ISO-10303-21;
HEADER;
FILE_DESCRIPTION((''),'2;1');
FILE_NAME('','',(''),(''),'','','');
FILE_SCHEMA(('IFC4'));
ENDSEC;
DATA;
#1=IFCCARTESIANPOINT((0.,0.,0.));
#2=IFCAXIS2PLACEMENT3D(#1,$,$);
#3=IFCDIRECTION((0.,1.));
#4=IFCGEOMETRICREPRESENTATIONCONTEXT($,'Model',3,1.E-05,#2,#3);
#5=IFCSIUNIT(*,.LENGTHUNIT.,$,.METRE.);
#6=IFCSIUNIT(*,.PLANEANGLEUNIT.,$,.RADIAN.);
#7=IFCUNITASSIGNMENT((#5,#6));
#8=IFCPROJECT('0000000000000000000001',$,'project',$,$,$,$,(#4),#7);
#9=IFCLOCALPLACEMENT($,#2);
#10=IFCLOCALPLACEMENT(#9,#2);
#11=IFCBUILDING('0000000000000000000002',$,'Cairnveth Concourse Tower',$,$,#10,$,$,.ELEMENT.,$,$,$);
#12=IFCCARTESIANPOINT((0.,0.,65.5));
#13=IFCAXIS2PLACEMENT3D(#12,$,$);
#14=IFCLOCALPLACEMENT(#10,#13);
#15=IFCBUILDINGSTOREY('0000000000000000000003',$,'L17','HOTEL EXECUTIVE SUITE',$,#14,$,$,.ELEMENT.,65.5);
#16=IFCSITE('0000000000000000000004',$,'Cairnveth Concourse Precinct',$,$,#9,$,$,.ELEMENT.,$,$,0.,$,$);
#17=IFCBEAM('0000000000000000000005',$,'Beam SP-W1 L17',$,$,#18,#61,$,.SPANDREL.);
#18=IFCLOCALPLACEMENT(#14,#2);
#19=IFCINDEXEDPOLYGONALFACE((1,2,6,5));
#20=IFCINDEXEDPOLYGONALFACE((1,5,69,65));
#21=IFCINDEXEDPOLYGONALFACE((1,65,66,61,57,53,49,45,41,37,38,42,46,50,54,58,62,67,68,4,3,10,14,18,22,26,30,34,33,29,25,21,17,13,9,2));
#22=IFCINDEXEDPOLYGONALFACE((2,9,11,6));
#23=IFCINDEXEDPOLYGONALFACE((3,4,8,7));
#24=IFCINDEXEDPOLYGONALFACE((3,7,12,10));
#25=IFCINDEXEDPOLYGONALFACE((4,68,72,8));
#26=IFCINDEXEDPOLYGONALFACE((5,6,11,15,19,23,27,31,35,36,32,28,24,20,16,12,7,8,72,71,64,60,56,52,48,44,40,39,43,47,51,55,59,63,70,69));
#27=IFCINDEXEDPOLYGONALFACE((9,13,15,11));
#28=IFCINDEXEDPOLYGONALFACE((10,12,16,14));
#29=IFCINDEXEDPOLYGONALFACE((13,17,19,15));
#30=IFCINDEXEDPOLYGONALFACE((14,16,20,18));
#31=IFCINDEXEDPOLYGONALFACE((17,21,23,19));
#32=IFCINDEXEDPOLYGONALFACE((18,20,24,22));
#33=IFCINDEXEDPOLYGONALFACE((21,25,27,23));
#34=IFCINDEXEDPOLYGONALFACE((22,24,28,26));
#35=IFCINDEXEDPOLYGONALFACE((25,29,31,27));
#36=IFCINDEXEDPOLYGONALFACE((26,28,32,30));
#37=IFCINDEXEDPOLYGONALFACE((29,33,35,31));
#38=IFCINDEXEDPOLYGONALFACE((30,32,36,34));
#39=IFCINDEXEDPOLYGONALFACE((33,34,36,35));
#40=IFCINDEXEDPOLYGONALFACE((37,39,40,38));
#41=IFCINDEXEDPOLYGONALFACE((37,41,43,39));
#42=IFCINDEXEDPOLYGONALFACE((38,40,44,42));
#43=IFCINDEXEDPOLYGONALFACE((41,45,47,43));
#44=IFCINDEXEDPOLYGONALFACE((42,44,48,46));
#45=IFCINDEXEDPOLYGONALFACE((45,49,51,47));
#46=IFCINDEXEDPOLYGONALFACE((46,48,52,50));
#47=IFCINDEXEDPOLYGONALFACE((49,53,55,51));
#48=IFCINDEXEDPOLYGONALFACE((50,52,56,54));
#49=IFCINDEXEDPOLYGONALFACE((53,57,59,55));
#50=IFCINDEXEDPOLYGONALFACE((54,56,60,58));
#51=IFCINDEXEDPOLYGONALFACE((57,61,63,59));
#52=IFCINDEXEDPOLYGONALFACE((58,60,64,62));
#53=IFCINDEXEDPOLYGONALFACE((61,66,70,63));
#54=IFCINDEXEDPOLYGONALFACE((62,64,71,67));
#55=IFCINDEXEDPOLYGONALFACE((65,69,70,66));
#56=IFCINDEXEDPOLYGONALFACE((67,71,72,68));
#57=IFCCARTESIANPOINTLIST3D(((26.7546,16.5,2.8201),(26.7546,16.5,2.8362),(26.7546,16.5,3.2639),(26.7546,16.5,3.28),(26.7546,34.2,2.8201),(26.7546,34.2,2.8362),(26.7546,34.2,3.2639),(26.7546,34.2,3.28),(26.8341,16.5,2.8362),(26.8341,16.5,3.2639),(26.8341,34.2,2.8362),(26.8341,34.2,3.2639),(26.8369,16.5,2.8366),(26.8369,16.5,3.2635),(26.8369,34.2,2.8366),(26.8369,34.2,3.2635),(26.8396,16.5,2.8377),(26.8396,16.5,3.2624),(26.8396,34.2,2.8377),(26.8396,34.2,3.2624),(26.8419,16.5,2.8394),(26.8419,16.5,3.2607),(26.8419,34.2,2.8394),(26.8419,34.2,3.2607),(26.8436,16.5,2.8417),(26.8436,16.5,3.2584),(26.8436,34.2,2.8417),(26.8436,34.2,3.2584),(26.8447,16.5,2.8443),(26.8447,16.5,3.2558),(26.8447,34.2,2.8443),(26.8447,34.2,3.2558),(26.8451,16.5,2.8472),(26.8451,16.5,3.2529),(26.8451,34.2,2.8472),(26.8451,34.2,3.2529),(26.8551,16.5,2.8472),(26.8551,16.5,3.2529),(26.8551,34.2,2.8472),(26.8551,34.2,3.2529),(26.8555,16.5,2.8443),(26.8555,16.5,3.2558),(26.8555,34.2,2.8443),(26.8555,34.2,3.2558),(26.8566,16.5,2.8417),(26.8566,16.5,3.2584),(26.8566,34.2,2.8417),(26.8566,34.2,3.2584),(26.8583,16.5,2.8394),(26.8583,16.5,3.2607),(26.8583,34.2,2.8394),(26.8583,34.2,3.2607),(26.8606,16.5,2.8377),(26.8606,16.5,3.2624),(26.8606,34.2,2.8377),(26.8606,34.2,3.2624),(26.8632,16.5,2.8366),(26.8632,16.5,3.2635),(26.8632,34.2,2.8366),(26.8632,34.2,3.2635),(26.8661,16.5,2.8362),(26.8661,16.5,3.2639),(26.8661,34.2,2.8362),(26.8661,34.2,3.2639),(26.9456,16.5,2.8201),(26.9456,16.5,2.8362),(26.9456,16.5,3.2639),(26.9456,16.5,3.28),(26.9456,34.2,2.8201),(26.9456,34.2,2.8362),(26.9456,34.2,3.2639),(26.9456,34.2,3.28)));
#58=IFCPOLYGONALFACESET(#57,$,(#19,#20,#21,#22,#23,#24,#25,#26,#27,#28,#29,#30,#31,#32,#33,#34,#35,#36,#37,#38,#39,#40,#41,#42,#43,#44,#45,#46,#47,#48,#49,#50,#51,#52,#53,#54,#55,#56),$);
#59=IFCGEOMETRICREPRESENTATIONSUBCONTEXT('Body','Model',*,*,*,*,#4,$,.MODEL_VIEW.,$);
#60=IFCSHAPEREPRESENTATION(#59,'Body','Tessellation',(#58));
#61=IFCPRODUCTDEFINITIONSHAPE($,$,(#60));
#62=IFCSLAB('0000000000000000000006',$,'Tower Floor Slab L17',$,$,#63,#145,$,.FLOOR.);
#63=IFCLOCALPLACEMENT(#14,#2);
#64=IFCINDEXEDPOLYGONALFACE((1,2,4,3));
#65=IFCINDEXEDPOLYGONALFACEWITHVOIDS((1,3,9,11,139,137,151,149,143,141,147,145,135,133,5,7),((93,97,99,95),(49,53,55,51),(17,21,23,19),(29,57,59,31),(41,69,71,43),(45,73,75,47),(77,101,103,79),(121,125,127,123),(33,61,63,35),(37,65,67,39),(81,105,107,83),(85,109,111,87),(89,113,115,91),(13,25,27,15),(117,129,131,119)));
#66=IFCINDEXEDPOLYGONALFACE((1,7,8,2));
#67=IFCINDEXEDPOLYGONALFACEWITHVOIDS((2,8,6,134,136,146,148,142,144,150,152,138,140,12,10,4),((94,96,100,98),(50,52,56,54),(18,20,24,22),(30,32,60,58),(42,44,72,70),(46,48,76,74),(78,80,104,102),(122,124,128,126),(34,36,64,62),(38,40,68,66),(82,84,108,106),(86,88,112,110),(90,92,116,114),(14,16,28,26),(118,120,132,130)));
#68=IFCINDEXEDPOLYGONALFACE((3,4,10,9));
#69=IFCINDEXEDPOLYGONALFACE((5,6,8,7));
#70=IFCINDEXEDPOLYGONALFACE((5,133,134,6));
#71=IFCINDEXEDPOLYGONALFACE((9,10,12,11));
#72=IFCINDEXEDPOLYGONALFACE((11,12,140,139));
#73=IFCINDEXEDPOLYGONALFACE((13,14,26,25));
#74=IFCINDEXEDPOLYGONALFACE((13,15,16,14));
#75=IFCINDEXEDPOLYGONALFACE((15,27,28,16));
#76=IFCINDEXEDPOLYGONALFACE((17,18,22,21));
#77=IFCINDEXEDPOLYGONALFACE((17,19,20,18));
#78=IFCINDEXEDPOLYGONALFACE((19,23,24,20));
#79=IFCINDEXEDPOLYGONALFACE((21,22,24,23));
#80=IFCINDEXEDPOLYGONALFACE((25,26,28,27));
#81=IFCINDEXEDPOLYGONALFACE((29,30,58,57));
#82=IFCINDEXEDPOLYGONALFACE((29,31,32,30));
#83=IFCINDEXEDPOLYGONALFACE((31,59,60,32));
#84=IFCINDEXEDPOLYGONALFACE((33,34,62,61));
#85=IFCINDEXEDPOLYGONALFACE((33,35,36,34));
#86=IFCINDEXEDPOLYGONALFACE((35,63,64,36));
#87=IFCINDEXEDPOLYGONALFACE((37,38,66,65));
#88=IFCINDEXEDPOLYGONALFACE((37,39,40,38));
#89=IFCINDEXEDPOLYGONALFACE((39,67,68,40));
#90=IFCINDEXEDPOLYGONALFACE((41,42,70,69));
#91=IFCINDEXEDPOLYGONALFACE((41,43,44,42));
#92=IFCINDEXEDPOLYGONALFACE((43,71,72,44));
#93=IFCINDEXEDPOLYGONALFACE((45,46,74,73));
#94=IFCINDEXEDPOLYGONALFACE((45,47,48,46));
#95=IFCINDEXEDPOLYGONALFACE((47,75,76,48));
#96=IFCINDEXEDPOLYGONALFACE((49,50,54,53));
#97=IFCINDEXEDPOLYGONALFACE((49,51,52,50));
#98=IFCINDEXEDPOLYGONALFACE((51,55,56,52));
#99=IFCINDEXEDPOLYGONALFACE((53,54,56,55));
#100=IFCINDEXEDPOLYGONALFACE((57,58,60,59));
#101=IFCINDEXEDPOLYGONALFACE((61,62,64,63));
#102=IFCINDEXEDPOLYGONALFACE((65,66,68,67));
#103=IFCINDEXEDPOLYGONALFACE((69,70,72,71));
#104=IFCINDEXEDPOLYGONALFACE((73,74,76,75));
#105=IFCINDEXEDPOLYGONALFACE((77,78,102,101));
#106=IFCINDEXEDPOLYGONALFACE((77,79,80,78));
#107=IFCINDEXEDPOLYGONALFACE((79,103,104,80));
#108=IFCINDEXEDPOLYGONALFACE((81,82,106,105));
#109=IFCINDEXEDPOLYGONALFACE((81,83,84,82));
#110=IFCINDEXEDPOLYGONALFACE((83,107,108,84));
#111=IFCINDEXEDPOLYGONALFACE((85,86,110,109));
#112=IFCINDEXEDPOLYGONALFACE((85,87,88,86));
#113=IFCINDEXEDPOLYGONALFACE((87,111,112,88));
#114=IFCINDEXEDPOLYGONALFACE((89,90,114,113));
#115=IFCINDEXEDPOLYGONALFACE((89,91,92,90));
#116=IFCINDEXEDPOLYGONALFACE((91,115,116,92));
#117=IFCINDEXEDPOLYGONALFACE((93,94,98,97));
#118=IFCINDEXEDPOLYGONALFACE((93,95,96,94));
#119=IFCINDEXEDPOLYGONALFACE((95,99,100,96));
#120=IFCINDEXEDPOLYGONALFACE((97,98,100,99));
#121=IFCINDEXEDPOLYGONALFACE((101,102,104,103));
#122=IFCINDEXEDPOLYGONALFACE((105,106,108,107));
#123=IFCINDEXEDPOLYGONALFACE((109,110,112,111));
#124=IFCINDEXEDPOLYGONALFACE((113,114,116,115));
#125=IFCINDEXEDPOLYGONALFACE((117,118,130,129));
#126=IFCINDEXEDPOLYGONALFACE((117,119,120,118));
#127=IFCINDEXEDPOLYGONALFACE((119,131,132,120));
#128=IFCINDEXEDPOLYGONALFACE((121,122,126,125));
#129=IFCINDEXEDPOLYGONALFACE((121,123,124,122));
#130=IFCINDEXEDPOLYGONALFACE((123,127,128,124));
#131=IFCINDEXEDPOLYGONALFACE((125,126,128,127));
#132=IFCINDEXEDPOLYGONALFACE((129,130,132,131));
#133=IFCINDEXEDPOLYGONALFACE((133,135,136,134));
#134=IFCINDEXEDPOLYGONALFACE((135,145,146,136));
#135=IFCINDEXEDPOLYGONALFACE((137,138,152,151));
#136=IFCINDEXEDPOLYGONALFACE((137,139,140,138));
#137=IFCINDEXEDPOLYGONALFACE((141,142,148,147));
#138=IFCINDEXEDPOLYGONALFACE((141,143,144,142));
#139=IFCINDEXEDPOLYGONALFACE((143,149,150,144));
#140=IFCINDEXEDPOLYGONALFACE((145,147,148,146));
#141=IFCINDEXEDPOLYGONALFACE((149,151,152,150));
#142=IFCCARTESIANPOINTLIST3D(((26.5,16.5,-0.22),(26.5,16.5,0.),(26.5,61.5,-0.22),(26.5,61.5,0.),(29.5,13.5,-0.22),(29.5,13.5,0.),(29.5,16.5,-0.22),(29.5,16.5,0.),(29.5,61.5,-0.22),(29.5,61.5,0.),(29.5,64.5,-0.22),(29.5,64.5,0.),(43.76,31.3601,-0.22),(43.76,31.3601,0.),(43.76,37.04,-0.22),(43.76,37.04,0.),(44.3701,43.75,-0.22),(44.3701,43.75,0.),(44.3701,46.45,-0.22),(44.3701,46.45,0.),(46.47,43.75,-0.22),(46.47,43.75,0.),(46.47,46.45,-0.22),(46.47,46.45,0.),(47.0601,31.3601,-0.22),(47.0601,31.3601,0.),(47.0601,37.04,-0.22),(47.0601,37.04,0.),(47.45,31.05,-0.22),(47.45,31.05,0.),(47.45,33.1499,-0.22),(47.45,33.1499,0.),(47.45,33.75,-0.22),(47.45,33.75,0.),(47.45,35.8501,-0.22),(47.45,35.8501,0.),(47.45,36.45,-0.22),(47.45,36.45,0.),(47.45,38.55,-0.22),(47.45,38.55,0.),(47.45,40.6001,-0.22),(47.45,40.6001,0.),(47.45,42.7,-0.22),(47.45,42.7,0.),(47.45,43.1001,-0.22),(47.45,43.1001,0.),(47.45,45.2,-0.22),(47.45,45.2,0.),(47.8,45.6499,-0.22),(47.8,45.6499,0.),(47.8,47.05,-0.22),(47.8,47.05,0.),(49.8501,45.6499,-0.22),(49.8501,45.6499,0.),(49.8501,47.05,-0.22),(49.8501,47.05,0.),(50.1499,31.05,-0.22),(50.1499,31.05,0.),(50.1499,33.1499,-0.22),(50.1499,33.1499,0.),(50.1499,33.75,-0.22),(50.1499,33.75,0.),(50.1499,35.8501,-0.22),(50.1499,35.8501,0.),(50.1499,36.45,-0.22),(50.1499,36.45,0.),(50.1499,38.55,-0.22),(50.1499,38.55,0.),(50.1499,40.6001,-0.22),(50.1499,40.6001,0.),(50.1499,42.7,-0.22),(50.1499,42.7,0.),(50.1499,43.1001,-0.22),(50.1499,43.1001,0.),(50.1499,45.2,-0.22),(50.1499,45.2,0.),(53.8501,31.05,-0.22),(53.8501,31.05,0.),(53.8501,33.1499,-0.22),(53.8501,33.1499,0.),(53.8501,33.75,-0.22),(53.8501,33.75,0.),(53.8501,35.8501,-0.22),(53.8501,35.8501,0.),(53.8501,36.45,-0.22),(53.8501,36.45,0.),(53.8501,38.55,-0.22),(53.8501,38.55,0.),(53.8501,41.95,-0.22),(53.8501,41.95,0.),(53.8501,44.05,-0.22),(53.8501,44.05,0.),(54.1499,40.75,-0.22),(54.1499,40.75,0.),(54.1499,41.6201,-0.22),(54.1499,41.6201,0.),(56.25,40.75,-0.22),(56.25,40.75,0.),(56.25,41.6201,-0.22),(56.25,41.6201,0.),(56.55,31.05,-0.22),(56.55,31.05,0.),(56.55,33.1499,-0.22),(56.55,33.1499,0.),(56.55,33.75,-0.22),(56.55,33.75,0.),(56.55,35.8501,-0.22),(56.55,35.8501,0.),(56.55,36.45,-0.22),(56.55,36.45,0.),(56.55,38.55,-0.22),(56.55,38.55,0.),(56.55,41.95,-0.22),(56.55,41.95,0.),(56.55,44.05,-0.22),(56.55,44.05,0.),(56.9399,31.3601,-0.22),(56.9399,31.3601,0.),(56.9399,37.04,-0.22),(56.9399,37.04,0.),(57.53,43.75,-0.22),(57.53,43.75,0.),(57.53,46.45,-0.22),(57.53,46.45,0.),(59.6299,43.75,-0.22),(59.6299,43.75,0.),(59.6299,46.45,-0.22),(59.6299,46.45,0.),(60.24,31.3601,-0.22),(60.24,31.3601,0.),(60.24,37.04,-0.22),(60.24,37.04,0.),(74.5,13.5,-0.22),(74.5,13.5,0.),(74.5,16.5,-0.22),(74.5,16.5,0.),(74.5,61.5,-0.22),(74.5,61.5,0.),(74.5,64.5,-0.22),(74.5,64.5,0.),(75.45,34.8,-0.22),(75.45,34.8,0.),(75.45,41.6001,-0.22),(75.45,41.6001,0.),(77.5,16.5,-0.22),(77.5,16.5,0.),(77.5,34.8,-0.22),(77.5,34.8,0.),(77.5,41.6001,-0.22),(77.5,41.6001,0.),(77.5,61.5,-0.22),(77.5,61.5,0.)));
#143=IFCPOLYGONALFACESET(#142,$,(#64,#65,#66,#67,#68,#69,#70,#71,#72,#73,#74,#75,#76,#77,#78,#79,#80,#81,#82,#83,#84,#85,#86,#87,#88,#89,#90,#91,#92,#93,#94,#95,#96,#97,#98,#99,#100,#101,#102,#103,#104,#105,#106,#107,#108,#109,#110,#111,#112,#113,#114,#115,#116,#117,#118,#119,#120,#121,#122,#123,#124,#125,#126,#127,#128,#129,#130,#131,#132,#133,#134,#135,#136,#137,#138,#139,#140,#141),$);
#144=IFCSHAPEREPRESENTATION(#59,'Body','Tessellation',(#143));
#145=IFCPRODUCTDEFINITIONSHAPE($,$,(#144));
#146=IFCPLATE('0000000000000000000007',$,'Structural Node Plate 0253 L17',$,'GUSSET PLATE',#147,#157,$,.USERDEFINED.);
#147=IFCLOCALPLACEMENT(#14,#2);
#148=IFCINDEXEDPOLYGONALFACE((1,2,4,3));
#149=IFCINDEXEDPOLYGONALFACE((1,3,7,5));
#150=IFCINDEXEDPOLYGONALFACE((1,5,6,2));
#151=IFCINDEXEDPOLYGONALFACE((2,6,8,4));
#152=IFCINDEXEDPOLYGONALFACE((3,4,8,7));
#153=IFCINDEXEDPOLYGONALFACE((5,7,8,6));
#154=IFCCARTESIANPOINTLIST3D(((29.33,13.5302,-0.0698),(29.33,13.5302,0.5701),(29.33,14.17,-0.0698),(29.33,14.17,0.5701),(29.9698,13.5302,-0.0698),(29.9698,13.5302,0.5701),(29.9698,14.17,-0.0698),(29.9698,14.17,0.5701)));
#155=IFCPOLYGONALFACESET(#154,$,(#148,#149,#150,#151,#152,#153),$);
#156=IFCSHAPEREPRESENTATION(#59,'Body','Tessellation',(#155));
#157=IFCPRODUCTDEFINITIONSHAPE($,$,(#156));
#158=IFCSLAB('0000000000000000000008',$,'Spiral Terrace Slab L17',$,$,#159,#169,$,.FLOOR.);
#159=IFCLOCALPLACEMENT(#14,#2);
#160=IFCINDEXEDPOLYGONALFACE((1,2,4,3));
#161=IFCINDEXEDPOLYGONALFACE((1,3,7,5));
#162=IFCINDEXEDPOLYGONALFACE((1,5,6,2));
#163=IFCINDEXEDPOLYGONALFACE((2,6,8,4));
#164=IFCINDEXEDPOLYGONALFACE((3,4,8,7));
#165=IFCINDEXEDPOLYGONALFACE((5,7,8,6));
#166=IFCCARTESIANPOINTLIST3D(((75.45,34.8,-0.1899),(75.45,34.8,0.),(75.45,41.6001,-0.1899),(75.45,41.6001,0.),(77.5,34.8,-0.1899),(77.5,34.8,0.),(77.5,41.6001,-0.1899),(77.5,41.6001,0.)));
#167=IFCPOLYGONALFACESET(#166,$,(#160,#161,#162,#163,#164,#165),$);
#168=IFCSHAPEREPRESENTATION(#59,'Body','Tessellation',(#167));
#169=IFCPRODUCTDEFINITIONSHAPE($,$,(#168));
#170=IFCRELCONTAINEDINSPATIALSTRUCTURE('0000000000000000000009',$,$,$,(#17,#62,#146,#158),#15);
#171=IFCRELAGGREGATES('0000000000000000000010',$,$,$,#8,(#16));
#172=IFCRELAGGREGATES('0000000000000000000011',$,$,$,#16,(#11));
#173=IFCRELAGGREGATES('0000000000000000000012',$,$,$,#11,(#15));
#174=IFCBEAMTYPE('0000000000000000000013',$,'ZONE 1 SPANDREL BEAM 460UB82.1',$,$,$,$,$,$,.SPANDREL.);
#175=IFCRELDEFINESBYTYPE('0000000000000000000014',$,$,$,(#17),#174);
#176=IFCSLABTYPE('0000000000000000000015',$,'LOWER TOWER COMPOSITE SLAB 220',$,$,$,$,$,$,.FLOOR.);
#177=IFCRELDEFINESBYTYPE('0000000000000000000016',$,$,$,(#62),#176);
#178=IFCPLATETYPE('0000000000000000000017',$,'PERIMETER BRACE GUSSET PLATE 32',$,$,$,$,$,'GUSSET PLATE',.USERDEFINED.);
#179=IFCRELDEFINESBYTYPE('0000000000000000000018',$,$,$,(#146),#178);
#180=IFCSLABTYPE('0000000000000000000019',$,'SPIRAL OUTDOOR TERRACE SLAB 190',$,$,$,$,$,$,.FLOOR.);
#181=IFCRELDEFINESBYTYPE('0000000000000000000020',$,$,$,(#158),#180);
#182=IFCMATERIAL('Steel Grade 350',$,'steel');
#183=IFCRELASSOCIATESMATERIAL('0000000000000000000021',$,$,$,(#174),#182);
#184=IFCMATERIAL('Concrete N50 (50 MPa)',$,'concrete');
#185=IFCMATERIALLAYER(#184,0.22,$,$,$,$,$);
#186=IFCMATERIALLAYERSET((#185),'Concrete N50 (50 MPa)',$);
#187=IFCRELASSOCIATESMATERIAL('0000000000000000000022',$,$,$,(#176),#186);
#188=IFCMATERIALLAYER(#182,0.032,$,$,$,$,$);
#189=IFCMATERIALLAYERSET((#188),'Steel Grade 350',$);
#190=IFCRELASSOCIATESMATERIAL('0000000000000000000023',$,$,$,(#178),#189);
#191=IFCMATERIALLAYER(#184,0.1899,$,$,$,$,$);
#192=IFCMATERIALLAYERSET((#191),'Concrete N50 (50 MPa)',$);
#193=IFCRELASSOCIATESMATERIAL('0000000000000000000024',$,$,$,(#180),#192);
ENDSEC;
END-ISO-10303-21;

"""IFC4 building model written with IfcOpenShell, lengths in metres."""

from ifc_helpers import new_model, si_unit, direction, frame, origin, origin_2d, place, context, subcontext, project, spatial, polyline, rectangle, i_section, outline, extrude, material, layer, layer_set, material_profile, profile_set, type_object, element, save


model = new_model("IFC4")

# Units and contexts
model_context = context("Model", 3, precision=1e-05, world=origin(), true_north=direction((0.0, 1.0)))
body_context = subcontext(model_context, "Body", "Model", "MODEL_VIEW")
ifc_project = project(units=[si_unit("LENGTHUNIT", "METRE"), si_unit("PLANEANGLEUNIT", "RADIAN")], contexts=[model_context])

# Site, building, storey
site_placement = place(None, origin())
site = spatial("IfcSite", under=ifc_project, at=site_placement, Name="Cairnveth Concourse Precinct", CompositionType="ELEMENT", RefElevation=0.0)
building_placement = place(site_placement, origin())
building = spatial("IfcBuilding", under=site, at=building_placement, Name="Cairnveth Concourse Tower", CompositionType="ELEMENT")
storey_placement = place(building_placement, frame((0.0, 0.0, 65.5)))
storey = spatial("IfcBuildingStorey", under=building, at=storey_placement, Name="L17", Description="HOTEL EXECUTIVE SUITE", CompositionType="ELEMENT", Elevation=65.5)

# Beam
ifc_material_1 = material(Name="Steel Grade 350", Category="steel")
ifc_material_profile_1 = material_profile(ifc_material_1, i_section(OverallWidth=0.1909, OverallDepth=0.46, WebThickness=0.01, FlangeThickness=0.0161, FilletRadius=0.011, at=origin_2d()), Name="460UB82.1")
ifc_profile_set_1 = profile_set([ifc_material_profile_1], Name="Steel Grade 350")
beam_type_1 = type_object("IfcBeamType", Name="ZONE 1 SPANDREL BEAM 460UB82.1", PredefinedType="SPANDREL", material=ifc_profile_set_1)
for number, where, z_axis, x_axis, name in (
    (1, (26.8501, 16.5, 3.05), (0.0, 1.0, 0.0), (-1.0, 0.0, 0.0), "Beam SP-W1 L17"),
):
    element("IfcBeam", number, at=place(storey_placement, frame(where, z_axis=z_axis, x_axis=x_axis)), inside=storey, type_object=beam_type_1, Name=name, PredefinedType="SPANDREL", context=body_context, shape_type="SweptSolid", body=[
        extrude(i_section(OverallWidth=0.1909, OverallDepth=0.46, WebThickness=0.01, FlangeThickness=0.0161, FilletRadius=0.011, at=origin_2d()), origin(), (0.0, 0.0, 1.0), 17.7),
    ])

# Slab
ifc_material_2 = material(Name="Concrete N50 (50 MPa)", Category="concrete")
ifc_layer_1 = layer(ifc_material_2, 0.22)
ifc_layer_set_1 = layer_set([ifc_layer_1], Name="Concrete N50 (50 MPa)")
slab_type_1 = type_object("IfcSlabType", Name="LOWER TOWER COMPOSITE SLAB 220", PredefinedType="FLOOR", material=ifc_layer_set_1)
slab_1_placement = place(storey_placement, frame((0.0, 0.0, -0.22)))
element("IfcSlab", 2, at=slab_1_placement, inside=storey, type_object=slab_type_1, Name="Tower Floor Slab L17", PredefinedType="FLOOR", context=body_context, shape_type="SweptSolid", body=[
    extrude(outline(polyline([(77.5, 34.8), (75.45, 34.8), (75.45, 41.6001), (77.5, 41.6001), (77.5, 61.5), (74.5, 61.5), (74.5, 64.5), (29.5, 64.5), (29.5, 61.5), (26.5, 61.5), (26.5, 16.5), (29.5, 16.5), (29.5, 13.5), (74.5, 13.5), (74.5, 16.5), (77.5, 16.5), (77.5, 34.8)]), holes=[polyline([(43.76, 31.3601), (47.0601, 31.3601), (47.0601, 37.04), (43.76, 37.04), (43.76, 31.3601)]), polyline([(56.9399, 31.3601), (60.24, 31.3601), (60.24, 37.04), (56.9399, 37.04), (56.9399, 31.3601)]), polyline([(44.3701, 43.75), (46.47, 43.75), (46.47, 46.45), (44.3701, 46.45), (44.3701, 43.75)]), polyline([(57.53, 43.75), (59.6299, 43.75), (59.6299, 46.45), (57.53, 46.45), (57.53, 43.75)]), polyline([(47.45, 31.05), (50.1499, 31.05), (50.1499, 33.1499), (47.45, 33.1499), (47.45, 31.05)]), polyline([(47.45, 33.75), (50.1499, 33.75), (50.1499, 35.8501), (47.45, 35.8501), (47.45, 33.75)]), polyline([(47.45, 36.45), (50.1499, 36.45), (50.1499, 38.55), (47.45, 38.55), (47.45, 36.45)]), polyline([(53.8501, 31.05), (56.55, 31.05), (56.55, 33.1499), (53.8501, 33.1499), (53.8501, 31.05)]), polyline([(53.8501, 33.75), (56.55, 33.75), (56.55, 35.8501), (53.8501, 35.8501), (53.8501, 33.75)]), polyline([(53.8501, 36.45), (56.55, 36.45), (56.55, 38.55), (53.8501, 38.55), (53.8501, 36.45)]), polyline([(47.45, 40.6001), (50.1499, 40.6001), (50.1499, 42.7), (47.45, 42.7), (47.45, 40.6001)]), polyline([(47.45, 43.1001), (50.1499, 43.1001), (50.1499, 45.2), (47.45, 45.2), (47.45, 43.1001)]), polyline([(53.8501, 41.95), (56.55, 41.95), (56.55, 44.05), (53.8501, 44.05), (53.8501, 41.95)]), polyline([(47.8, 45.6499), (49.8501, 45.6499), (49.8501, 47.05), (47.8, 47.05), (47.8, 45.6499)]), polyline([(54.1499, 40.75), (56.25, 40.75), (56.25, 41.6201), (54.1499, 41.6201), (54.1499, 40.75)])]), origin(), (0.0, 0.0, 1.0), 0.22),
])

# Plate
ifc_layer_2 = layer(ifc_material_1, 0.032)
ifc_layer_set_2 = layer_set([ifc_layer_2], Name="Steel Grade 350")
plate_type = type_object("IfcPlateType", Name="PERIMETER BRACE GUSSET PLATE 32", ElementType="GUSSET PLATE", PredefinedType="USERDEFINED", material=ifc_layer_set_2)
plate_placement = place(storey_placement, frame((29.6499, 13.8501, -0.0698), z_axis=(0.0, 0.0, 1.0), x_axis=(1.0, 0.0, 0.0)))
element("IfcPlate", 3, at=plate_placement, inside=storey, type_object=plate_type, Name="Structural Node Plate 0253 L17", ObjectType="GUSSET PLATE", PredefinedType="USERDEFINED", context=body_context, shape_type="SweptSolid", body=[
    extrude(rectangle(XDim=0.6399, YDim=0.6399, at=origin_2d()), origin(), (0.0, 0.0, 1.0), 0.6399),
])

# Slab
ifc_layer_3 = layer(ifc_material_2, 0.1899)
ifc_layer_set_3 = layer_set([ifc_layer_3], Name="Concrete N50 (50 MPa)")
slab_type_2 = type_object("IfcSlabType", Name="SPIRAL OUTDOOR TERRACE SLAB 190", PredefinedType="FLOOR", material=ifc_layer_set_3)
slab_2_placement = place(storey_placement, frame((0.0, 0.0, -0.1899)))
element("IfcSlab", 4, at=slab_2_placement, inside=storey, type_object=slab_type_2, Name="Spiral Terrace Slab L17", PredefinedType="FLOOR", context=body_context, shape_type="SweptSolid", body=[
    extrude(outline(polyline([(75.45, 34.8), (77.5, 34.8), (77.5, 41.6001), (75.45, 41.6001), (75.45, 34.8)])), origin(), (0.0, 0.0, 1.0), 0.1899),
])

save(model, "model.ifc")
